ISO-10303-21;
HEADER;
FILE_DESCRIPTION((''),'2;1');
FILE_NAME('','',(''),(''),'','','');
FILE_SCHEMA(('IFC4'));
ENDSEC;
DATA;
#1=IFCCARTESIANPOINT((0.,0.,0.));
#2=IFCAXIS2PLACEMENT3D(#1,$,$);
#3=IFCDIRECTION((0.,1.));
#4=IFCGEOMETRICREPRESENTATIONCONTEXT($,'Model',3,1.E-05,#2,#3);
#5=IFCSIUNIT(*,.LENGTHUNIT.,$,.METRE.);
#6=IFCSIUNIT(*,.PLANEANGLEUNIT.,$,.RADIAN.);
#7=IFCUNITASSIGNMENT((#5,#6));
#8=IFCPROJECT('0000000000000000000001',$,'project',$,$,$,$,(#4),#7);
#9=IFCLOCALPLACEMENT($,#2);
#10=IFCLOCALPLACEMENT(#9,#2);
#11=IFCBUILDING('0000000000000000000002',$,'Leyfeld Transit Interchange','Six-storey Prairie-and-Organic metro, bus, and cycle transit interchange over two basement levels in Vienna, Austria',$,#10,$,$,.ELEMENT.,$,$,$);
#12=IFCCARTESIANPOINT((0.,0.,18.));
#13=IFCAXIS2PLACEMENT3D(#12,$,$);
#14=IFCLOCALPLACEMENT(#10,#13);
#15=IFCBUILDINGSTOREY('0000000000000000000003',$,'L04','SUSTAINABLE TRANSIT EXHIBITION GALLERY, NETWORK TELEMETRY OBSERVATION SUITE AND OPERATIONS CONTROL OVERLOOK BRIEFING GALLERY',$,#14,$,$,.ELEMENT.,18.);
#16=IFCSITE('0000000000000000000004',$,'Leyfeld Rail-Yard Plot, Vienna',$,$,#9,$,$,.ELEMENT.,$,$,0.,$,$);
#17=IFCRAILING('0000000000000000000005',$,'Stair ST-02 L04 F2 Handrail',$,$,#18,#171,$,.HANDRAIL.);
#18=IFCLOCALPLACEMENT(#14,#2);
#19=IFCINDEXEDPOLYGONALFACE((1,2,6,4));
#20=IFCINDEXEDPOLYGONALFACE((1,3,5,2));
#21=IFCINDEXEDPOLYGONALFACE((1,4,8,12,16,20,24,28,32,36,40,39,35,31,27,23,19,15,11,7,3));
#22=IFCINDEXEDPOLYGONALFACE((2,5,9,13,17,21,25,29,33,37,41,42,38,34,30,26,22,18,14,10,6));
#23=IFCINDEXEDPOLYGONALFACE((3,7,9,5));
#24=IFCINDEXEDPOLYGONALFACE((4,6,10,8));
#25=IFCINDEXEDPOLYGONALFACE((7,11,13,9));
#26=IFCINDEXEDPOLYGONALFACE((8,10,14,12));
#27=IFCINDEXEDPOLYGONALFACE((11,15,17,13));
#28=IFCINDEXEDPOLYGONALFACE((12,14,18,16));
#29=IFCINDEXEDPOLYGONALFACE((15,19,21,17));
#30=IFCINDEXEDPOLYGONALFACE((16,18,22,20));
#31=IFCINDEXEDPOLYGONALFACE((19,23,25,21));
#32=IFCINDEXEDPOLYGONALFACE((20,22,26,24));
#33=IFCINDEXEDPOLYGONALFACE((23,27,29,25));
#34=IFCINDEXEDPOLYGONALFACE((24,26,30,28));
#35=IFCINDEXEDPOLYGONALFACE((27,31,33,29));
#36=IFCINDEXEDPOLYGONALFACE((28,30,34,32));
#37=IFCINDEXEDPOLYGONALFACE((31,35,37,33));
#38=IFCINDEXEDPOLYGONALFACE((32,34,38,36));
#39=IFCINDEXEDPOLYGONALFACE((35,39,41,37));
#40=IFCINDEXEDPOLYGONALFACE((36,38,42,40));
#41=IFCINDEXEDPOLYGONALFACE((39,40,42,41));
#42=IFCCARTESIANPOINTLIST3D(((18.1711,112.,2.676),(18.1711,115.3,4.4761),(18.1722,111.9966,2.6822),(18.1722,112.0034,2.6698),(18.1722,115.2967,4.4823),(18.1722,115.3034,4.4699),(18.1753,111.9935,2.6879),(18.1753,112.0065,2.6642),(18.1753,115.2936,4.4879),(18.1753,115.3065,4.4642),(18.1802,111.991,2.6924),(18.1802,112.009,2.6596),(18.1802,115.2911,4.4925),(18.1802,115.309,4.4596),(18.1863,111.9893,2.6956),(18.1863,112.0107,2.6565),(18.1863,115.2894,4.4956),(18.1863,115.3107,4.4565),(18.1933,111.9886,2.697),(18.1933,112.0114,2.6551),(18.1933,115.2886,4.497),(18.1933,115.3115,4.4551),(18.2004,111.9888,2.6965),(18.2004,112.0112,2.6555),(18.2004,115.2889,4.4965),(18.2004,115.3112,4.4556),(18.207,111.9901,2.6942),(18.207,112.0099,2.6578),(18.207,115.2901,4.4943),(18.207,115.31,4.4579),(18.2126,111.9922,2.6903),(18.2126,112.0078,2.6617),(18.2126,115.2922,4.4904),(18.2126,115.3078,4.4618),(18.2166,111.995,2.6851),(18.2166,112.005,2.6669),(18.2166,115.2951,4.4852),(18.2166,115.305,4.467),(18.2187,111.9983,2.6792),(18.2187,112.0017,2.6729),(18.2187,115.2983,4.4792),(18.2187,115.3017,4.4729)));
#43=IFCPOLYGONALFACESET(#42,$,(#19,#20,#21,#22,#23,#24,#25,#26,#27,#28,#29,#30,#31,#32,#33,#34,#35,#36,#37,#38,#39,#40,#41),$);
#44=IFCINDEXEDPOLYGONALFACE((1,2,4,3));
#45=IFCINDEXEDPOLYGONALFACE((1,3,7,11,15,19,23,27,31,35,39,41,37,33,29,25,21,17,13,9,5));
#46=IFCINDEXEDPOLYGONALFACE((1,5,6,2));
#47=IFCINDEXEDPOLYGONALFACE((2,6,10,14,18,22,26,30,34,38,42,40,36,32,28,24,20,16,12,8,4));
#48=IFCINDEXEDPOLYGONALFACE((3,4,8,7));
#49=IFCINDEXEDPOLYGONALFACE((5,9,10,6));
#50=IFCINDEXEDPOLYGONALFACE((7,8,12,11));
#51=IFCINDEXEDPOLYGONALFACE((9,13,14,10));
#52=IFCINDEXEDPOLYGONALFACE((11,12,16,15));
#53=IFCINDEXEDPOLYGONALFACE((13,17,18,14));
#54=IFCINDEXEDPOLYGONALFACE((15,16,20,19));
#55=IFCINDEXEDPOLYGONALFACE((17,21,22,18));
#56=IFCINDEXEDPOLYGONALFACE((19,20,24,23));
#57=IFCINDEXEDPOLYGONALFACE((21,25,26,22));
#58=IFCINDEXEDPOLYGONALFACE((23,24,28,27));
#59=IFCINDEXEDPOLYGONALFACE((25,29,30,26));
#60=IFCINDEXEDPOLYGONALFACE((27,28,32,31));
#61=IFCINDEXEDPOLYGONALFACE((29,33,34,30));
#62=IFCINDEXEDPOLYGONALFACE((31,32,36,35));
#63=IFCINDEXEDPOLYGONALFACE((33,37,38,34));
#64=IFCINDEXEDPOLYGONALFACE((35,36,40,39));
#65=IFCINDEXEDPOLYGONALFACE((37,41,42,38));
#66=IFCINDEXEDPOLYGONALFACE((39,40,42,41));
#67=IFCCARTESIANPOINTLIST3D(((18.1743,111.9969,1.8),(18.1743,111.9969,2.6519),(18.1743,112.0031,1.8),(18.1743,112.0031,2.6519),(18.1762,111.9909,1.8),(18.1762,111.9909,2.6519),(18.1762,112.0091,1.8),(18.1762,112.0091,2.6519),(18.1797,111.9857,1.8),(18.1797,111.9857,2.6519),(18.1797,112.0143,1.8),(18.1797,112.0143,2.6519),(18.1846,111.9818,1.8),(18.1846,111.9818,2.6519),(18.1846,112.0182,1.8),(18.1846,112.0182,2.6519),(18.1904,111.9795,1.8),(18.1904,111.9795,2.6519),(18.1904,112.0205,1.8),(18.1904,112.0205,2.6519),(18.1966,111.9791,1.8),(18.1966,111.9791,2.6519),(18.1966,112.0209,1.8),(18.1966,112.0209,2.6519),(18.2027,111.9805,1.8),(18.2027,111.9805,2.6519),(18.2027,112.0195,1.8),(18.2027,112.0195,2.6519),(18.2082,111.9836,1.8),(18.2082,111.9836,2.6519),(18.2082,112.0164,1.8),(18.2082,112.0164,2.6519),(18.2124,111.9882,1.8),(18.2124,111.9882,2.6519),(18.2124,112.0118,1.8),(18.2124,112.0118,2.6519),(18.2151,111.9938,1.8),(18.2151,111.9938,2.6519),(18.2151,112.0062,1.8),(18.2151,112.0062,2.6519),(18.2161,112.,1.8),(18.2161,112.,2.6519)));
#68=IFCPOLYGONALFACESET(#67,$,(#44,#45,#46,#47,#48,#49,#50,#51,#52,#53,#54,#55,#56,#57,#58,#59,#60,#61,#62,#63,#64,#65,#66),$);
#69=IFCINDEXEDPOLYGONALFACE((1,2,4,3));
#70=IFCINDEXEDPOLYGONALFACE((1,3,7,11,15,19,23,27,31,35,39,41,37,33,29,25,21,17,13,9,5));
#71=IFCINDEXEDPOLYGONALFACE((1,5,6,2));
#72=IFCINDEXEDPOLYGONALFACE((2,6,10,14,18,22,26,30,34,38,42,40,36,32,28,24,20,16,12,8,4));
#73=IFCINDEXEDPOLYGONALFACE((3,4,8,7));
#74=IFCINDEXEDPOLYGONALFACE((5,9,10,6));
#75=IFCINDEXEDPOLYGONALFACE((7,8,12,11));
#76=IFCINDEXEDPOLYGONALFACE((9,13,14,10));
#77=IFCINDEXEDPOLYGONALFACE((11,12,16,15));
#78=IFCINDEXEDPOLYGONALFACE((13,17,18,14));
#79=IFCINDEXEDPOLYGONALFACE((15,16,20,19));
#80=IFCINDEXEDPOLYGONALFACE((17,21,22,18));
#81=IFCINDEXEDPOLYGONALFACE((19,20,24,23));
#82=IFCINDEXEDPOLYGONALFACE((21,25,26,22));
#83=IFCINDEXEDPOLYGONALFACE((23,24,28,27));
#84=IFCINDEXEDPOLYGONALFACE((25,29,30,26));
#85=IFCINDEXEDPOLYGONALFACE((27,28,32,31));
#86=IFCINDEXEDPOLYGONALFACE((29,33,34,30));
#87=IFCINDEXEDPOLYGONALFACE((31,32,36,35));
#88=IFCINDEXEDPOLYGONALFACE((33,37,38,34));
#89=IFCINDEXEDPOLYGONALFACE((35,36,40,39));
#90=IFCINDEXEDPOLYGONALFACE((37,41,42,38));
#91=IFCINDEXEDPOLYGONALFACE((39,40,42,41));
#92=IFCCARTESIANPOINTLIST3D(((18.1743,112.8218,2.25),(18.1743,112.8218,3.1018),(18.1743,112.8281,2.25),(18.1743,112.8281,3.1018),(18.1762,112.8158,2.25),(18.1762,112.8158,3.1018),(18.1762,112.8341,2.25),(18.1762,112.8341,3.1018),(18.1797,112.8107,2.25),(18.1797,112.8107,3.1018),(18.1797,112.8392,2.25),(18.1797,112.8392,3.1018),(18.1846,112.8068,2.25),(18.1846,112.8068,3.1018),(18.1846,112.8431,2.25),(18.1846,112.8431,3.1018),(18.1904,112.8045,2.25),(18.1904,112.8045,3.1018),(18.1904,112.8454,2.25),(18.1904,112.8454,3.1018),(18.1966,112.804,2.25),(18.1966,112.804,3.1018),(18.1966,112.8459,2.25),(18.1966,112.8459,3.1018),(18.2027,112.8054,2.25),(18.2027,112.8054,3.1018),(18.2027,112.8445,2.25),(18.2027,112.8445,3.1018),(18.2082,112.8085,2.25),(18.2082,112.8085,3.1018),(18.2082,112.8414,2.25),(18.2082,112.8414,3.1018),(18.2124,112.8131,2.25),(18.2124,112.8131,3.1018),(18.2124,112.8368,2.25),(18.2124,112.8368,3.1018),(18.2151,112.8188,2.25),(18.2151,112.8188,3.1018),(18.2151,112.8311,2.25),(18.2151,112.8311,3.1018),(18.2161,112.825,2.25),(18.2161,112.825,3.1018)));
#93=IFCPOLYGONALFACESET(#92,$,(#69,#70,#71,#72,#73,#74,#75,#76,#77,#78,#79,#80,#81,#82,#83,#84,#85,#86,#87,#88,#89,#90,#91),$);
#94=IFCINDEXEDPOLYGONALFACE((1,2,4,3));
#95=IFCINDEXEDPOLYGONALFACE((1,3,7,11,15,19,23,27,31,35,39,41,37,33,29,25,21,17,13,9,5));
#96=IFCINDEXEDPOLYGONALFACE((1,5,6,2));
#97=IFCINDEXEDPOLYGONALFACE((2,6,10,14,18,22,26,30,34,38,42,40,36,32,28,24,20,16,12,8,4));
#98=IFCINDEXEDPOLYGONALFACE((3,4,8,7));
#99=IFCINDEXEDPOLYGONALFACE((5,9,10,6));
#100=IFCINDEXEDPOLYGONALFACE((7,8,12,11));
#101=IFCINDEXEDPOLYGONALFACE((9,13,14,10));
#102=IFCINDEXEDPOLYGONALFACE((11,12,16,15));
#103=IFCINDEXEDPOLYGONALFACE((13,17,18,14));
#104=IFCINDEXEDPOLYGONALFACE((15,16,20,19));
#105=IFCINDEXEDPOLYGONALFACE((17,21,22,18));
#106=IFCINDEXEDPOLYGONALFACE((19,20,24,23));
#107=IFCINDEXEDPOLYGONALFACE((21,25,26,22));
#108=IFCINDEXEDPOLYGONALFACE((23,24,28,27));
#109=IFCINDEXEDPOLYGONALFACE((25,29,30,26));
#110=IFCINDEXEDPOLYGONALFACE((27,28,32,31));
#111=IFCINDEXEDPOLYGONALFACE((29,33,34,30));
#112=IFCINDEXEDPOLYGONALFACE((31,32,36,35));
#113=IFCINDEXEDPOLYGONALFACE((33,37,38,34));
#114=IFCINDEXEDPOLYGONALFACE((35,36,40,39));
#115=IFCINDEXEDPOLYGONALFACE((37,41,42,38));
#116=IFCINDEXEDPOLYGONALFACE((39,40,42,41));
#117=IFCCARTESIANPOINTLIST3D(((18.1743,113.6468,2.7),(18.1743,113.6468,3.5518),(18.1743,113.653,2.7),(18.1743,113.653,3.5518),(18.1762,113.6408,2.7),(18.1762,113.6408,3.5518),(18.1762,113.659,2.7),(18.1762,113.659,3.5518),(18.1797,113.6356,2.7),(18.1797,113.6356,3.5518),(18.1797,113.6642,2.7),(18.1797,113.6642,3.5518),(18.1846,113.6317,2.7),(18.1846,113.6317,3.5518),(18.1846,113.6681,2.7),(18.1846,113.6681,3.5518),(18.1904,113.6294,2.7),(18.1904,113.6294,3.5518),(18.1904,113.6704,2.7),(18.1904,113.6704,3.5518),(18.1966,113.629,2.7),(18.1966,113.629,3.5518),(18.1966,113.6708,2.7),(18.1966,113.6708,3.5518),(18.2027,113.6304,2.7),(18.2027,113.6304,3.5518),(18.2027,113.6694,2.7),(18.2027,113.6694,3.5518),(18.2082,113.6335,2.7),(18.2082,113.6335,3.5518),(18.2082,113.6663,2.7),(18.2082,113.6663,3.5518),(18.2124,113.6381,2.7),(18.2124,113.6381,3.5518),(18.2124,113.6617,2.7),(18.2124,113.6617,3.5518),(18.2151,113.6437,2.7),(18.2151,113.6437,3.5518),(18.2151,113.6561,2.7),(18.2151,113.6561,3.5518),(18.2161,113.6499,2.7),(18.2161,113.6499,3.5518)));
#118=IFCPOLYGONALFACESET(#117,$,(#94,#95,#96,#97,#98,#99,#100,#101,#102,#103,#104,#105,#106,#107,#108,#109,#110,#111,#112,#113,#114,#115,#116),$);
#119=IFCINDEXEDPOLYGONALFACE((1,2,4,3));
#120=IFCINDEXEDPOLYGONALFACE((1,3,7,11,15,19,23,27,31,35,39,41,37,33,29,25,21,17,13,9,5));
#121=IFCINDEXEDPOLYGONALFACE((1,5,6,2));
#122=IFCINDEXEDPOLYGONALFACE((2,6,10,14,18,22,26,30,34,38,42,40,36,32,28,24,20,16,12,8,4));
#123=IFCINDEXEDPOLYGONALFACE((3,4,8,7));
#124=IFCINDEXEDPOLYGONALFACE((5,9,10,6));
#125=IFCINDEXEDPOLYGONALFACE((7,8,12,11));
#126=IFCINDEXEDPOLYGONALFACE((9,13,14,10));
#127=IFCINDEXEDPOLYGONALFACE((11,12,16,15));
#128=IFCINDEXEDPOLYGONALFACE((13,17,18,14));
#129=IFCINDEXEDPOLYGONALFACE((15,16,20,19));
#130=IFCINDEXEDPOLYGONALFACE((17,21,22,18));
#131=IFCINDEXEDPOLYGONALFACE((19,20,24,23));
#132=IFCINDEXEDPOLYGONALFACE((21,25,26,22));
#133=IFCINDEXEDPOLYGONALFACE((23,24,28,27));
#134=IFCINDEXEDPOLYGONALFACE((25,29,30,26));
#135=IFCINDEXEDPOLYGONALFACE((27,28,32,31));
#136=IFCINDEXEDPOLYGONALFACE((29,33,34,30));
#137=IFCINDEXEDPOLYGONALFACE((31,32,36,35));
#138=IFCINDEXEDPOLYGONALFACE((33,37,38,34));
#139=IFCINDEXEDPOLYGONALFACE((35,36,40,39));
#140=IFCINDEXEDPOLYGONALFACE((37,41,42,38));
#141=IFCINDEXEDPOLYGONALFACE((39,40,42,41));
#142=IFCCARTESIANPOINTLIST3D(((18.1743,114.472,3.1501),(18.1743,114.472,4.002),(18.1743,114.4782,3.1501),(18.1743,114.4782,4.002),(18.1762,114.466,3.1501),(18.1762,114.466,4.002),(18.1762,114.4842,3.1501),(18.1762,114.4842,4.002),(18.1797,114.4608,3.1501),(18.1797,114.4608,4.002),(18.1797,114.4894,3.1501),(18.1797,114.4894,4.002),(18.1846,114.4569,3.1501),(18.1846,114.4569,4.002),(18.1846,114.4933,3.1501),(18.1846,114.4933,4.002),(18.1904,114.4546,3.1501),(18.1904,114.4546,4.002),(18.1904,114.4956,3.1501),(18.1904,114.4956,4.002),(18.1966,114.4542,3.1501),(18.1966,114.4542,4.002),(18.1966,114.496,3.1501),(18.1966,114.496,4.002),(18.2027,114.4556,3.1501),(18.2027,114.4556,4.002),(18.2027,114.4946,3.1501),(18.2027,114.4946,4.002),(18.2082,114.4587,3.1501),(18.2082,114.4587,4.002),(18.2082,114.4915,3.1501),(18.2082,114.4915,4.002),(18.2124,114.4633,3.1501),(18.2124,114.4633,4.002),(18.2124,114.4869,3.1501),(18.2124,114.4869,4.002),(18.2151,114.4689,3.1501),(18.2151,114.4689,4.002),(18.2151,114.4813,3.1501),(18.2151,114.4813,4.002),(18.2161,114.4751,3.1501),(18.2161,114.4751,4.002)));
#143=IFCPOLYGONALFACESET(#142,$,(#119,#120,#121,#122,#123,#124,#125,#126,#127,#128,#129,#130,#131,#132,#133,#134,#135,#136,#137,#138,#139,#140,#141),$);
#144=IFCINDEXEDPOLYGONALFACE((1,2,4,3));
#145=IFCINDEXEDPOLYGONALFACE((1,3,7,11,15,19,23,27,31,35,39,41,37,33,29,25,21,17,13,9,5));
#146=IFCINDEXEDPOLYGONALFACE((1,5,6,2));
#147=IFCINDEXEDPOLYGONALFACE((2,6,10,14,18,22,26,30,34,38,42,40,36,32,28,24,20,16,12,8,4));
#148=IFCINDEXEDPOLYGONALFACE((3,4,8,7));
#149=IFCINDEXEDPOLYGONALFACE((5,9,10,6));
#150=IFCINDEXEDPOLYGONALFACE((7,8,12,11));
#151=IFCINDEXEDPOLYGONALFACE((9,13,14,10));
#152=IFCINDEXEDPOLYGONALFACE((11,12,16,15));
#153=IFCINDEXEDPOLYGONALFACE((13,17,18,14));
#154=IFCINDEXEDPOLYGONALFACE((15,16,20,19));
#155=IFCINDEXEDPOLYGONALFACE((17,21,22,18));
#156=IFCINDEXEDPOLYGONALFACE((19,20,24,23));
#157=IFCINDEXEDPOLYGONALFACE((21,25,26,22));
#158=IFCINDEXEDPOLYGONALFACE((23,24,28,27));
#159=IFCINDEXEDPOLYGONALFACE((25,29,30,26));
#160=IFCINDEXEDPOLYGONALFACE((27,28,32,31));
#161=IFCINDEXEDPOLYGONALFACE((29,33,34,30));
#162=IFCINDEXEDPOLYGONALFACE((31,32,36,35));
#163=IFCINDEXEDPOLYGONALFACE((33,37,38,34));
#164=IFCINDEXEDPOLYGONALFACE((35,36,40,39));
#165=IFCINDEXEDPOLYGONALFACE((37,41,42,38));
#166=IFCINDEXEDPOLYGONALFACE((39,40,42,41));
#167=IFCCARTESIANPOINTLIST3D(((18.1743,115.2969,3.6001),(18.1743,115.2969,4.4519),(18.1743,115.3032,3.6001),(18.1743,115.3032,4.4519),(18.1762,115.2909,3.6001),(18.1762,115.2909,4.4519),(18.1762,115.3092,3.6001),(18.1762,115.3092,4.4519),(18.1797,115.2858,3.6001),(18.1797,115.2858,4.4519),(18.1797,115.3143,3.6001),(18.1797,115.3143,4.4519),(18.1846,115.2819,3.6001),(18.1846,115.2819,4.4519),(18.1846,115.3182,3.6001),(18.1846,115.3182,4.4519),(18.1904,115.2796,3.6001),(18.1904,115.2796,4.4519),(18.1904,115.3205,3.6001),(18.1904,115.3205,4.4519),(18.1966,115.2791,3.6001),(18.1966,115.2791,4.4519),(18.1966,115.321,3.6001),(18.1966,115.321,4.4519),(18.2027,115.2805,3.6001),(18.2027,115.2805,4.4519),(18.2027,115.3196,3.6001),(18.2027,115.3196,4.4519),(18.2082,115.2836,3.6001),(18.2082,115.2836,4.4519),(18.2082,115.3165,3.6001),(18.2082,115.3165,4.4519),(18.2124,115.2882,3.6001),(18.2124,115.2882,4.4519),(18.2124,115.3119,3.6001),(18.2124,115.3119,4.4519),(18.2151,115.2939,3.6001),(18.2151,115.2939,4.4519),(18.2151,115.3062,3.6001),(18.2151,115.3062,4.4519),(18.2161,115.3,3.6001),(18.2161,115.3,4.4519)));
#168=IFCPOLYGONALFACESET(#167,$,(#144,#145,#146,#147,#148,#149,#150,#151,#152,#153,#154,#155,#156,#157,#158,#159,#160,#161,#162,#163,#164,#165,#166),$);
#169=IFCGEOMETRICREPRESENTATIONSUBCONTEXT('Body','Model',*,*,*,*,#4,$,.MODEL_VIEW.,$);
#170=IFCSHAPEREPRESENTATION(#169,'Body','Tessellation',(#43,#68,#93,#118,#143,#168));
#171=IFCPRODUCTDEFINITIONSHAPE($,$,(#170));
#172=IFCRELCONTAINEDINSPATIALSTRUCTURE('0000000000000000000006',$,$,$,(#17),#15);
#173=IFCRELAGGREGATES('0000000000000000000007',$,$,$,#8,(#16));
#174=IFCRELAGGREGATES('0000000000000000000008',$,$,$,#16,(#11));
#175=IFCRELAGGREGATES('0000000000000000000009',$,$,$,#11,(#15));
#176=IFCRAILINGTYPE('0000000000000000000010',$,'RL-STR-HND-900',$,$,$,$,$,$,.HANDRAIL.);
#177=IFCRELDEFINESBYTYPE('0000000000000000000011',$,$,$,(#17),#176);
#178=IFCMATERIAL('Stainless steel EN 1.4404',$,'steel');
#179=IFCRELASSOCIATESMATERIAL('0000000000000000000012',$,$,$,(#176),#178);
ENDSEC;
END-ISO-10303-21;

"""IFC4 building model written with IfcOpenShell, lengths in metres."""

from ifc_helpers import new_model, si_unit, direction, frame, origin, origin_2d, place, context, subcontext, project, spatial, circle, extrude, material, type_object, element, save


model = new_model("IFC4")

# Units and contexts
model_context = context("Model", 3, precision=1e-05, world=origin(), true_north=direction((0.0, 1.0)))
body_context = subcontext(model_context, "Body", "Model", "MODEL_VIEW")
ifc_project = project(units=[si_unit("LENGTHUNIT", "METRE"), si_unit("PLANEANGLEUNIT", "RADIAN")], contexts=[model_context])

# Site, building, storey
site_placement = place(None, origin())
site = spatial("IfcSite", under=ifc_project, at=site_placement, Name="Leyfeld Rail-Yard Plot, Vienna", CompositionType="ELEMENT", RefElevation=0.0)
building_placement = place(site_placement, origin())
building = spatial("IfcBuilding", under=site, at=building_placement, Name="Leyfeld Transit Interchange", Description="Six-storey Prairie-and-Organic metro, bus, and cycle transit interchange over two basement levels in Vienna, Austria", CompositionType="ELEMENT")
storey_placement = place(building_placement, frame((0.0, 0.0, 18.0)))
storey = spatial("IfcBuildingStorey", under=building, at=storey_placement, Name="L04", Description="SUSTAINABLE TRANSIT EXHIBITION GALLERY, NETWORK TELEMETRY OBSERVATION SUITE AND OPERATIONS CONTROL OVERLOOK BRIEFING GALLERY", CompositionType="ELEMENT", Elevation=18.0)

# Railing
ifc_material_1 = material(Name="Stainless steel EN 1.4404", Category="steel")
railing_type_1 = type_object("IfcRailingType", Name="RL-STR-HND-900", PredefinedType="HANDRAIL", material=ifc_material_1)
railing_1_placement = place(storey_placement, frame((18.1951, 112.0, 1.8)))
element("IfcRailing", 1, at=railing_1_placement, inside=storey, type_object=railing_type_1, Name="Stair ST-02 L04 F2 Handrail", PredefinedType="HANDRAIL", context=body_context, shape_type="SweptSolid", body=[
    extrude(circle(Radius=0.0239, at=origin_2d()), frame((0.0, 0.0, 0.876), z_axis=(0.0, 0.877893, 0.478857), x_axis=(-1.0, 0.0, 0.0)), (0.0, 0.0, 1.0), 3.759),
    extrude(circle(Radius=0.021, at=origin_2d()), origin(), (0.0, 0.0, 1.0), 0.8518),
    extrude(circle(Radius=0.021, at=origin_2d()), frame((0.0, 0.825, 0.45)), (0.0, 0.0, 1.0), 0.8518),
    extrude(circle(Radius=0.021, at=origin_2d()), frame((0.0, 1.6499, 0.8999)), (0.0, 0.0, 1.0), 0.8518),
    extrude(circle(Radius=0.021, at=origin_2d()), frame((0.0, 2.4751, 1.3501)), (0.0, 0.0, 1.0), 0.8518),
    extrude(circle(Radius=0.021, at=origin_2d()), frame((0.0, 3.3, 1.8)), (0.0, 0.0, 1.0), 0.8518),
])

save(model, "model.ifc")
